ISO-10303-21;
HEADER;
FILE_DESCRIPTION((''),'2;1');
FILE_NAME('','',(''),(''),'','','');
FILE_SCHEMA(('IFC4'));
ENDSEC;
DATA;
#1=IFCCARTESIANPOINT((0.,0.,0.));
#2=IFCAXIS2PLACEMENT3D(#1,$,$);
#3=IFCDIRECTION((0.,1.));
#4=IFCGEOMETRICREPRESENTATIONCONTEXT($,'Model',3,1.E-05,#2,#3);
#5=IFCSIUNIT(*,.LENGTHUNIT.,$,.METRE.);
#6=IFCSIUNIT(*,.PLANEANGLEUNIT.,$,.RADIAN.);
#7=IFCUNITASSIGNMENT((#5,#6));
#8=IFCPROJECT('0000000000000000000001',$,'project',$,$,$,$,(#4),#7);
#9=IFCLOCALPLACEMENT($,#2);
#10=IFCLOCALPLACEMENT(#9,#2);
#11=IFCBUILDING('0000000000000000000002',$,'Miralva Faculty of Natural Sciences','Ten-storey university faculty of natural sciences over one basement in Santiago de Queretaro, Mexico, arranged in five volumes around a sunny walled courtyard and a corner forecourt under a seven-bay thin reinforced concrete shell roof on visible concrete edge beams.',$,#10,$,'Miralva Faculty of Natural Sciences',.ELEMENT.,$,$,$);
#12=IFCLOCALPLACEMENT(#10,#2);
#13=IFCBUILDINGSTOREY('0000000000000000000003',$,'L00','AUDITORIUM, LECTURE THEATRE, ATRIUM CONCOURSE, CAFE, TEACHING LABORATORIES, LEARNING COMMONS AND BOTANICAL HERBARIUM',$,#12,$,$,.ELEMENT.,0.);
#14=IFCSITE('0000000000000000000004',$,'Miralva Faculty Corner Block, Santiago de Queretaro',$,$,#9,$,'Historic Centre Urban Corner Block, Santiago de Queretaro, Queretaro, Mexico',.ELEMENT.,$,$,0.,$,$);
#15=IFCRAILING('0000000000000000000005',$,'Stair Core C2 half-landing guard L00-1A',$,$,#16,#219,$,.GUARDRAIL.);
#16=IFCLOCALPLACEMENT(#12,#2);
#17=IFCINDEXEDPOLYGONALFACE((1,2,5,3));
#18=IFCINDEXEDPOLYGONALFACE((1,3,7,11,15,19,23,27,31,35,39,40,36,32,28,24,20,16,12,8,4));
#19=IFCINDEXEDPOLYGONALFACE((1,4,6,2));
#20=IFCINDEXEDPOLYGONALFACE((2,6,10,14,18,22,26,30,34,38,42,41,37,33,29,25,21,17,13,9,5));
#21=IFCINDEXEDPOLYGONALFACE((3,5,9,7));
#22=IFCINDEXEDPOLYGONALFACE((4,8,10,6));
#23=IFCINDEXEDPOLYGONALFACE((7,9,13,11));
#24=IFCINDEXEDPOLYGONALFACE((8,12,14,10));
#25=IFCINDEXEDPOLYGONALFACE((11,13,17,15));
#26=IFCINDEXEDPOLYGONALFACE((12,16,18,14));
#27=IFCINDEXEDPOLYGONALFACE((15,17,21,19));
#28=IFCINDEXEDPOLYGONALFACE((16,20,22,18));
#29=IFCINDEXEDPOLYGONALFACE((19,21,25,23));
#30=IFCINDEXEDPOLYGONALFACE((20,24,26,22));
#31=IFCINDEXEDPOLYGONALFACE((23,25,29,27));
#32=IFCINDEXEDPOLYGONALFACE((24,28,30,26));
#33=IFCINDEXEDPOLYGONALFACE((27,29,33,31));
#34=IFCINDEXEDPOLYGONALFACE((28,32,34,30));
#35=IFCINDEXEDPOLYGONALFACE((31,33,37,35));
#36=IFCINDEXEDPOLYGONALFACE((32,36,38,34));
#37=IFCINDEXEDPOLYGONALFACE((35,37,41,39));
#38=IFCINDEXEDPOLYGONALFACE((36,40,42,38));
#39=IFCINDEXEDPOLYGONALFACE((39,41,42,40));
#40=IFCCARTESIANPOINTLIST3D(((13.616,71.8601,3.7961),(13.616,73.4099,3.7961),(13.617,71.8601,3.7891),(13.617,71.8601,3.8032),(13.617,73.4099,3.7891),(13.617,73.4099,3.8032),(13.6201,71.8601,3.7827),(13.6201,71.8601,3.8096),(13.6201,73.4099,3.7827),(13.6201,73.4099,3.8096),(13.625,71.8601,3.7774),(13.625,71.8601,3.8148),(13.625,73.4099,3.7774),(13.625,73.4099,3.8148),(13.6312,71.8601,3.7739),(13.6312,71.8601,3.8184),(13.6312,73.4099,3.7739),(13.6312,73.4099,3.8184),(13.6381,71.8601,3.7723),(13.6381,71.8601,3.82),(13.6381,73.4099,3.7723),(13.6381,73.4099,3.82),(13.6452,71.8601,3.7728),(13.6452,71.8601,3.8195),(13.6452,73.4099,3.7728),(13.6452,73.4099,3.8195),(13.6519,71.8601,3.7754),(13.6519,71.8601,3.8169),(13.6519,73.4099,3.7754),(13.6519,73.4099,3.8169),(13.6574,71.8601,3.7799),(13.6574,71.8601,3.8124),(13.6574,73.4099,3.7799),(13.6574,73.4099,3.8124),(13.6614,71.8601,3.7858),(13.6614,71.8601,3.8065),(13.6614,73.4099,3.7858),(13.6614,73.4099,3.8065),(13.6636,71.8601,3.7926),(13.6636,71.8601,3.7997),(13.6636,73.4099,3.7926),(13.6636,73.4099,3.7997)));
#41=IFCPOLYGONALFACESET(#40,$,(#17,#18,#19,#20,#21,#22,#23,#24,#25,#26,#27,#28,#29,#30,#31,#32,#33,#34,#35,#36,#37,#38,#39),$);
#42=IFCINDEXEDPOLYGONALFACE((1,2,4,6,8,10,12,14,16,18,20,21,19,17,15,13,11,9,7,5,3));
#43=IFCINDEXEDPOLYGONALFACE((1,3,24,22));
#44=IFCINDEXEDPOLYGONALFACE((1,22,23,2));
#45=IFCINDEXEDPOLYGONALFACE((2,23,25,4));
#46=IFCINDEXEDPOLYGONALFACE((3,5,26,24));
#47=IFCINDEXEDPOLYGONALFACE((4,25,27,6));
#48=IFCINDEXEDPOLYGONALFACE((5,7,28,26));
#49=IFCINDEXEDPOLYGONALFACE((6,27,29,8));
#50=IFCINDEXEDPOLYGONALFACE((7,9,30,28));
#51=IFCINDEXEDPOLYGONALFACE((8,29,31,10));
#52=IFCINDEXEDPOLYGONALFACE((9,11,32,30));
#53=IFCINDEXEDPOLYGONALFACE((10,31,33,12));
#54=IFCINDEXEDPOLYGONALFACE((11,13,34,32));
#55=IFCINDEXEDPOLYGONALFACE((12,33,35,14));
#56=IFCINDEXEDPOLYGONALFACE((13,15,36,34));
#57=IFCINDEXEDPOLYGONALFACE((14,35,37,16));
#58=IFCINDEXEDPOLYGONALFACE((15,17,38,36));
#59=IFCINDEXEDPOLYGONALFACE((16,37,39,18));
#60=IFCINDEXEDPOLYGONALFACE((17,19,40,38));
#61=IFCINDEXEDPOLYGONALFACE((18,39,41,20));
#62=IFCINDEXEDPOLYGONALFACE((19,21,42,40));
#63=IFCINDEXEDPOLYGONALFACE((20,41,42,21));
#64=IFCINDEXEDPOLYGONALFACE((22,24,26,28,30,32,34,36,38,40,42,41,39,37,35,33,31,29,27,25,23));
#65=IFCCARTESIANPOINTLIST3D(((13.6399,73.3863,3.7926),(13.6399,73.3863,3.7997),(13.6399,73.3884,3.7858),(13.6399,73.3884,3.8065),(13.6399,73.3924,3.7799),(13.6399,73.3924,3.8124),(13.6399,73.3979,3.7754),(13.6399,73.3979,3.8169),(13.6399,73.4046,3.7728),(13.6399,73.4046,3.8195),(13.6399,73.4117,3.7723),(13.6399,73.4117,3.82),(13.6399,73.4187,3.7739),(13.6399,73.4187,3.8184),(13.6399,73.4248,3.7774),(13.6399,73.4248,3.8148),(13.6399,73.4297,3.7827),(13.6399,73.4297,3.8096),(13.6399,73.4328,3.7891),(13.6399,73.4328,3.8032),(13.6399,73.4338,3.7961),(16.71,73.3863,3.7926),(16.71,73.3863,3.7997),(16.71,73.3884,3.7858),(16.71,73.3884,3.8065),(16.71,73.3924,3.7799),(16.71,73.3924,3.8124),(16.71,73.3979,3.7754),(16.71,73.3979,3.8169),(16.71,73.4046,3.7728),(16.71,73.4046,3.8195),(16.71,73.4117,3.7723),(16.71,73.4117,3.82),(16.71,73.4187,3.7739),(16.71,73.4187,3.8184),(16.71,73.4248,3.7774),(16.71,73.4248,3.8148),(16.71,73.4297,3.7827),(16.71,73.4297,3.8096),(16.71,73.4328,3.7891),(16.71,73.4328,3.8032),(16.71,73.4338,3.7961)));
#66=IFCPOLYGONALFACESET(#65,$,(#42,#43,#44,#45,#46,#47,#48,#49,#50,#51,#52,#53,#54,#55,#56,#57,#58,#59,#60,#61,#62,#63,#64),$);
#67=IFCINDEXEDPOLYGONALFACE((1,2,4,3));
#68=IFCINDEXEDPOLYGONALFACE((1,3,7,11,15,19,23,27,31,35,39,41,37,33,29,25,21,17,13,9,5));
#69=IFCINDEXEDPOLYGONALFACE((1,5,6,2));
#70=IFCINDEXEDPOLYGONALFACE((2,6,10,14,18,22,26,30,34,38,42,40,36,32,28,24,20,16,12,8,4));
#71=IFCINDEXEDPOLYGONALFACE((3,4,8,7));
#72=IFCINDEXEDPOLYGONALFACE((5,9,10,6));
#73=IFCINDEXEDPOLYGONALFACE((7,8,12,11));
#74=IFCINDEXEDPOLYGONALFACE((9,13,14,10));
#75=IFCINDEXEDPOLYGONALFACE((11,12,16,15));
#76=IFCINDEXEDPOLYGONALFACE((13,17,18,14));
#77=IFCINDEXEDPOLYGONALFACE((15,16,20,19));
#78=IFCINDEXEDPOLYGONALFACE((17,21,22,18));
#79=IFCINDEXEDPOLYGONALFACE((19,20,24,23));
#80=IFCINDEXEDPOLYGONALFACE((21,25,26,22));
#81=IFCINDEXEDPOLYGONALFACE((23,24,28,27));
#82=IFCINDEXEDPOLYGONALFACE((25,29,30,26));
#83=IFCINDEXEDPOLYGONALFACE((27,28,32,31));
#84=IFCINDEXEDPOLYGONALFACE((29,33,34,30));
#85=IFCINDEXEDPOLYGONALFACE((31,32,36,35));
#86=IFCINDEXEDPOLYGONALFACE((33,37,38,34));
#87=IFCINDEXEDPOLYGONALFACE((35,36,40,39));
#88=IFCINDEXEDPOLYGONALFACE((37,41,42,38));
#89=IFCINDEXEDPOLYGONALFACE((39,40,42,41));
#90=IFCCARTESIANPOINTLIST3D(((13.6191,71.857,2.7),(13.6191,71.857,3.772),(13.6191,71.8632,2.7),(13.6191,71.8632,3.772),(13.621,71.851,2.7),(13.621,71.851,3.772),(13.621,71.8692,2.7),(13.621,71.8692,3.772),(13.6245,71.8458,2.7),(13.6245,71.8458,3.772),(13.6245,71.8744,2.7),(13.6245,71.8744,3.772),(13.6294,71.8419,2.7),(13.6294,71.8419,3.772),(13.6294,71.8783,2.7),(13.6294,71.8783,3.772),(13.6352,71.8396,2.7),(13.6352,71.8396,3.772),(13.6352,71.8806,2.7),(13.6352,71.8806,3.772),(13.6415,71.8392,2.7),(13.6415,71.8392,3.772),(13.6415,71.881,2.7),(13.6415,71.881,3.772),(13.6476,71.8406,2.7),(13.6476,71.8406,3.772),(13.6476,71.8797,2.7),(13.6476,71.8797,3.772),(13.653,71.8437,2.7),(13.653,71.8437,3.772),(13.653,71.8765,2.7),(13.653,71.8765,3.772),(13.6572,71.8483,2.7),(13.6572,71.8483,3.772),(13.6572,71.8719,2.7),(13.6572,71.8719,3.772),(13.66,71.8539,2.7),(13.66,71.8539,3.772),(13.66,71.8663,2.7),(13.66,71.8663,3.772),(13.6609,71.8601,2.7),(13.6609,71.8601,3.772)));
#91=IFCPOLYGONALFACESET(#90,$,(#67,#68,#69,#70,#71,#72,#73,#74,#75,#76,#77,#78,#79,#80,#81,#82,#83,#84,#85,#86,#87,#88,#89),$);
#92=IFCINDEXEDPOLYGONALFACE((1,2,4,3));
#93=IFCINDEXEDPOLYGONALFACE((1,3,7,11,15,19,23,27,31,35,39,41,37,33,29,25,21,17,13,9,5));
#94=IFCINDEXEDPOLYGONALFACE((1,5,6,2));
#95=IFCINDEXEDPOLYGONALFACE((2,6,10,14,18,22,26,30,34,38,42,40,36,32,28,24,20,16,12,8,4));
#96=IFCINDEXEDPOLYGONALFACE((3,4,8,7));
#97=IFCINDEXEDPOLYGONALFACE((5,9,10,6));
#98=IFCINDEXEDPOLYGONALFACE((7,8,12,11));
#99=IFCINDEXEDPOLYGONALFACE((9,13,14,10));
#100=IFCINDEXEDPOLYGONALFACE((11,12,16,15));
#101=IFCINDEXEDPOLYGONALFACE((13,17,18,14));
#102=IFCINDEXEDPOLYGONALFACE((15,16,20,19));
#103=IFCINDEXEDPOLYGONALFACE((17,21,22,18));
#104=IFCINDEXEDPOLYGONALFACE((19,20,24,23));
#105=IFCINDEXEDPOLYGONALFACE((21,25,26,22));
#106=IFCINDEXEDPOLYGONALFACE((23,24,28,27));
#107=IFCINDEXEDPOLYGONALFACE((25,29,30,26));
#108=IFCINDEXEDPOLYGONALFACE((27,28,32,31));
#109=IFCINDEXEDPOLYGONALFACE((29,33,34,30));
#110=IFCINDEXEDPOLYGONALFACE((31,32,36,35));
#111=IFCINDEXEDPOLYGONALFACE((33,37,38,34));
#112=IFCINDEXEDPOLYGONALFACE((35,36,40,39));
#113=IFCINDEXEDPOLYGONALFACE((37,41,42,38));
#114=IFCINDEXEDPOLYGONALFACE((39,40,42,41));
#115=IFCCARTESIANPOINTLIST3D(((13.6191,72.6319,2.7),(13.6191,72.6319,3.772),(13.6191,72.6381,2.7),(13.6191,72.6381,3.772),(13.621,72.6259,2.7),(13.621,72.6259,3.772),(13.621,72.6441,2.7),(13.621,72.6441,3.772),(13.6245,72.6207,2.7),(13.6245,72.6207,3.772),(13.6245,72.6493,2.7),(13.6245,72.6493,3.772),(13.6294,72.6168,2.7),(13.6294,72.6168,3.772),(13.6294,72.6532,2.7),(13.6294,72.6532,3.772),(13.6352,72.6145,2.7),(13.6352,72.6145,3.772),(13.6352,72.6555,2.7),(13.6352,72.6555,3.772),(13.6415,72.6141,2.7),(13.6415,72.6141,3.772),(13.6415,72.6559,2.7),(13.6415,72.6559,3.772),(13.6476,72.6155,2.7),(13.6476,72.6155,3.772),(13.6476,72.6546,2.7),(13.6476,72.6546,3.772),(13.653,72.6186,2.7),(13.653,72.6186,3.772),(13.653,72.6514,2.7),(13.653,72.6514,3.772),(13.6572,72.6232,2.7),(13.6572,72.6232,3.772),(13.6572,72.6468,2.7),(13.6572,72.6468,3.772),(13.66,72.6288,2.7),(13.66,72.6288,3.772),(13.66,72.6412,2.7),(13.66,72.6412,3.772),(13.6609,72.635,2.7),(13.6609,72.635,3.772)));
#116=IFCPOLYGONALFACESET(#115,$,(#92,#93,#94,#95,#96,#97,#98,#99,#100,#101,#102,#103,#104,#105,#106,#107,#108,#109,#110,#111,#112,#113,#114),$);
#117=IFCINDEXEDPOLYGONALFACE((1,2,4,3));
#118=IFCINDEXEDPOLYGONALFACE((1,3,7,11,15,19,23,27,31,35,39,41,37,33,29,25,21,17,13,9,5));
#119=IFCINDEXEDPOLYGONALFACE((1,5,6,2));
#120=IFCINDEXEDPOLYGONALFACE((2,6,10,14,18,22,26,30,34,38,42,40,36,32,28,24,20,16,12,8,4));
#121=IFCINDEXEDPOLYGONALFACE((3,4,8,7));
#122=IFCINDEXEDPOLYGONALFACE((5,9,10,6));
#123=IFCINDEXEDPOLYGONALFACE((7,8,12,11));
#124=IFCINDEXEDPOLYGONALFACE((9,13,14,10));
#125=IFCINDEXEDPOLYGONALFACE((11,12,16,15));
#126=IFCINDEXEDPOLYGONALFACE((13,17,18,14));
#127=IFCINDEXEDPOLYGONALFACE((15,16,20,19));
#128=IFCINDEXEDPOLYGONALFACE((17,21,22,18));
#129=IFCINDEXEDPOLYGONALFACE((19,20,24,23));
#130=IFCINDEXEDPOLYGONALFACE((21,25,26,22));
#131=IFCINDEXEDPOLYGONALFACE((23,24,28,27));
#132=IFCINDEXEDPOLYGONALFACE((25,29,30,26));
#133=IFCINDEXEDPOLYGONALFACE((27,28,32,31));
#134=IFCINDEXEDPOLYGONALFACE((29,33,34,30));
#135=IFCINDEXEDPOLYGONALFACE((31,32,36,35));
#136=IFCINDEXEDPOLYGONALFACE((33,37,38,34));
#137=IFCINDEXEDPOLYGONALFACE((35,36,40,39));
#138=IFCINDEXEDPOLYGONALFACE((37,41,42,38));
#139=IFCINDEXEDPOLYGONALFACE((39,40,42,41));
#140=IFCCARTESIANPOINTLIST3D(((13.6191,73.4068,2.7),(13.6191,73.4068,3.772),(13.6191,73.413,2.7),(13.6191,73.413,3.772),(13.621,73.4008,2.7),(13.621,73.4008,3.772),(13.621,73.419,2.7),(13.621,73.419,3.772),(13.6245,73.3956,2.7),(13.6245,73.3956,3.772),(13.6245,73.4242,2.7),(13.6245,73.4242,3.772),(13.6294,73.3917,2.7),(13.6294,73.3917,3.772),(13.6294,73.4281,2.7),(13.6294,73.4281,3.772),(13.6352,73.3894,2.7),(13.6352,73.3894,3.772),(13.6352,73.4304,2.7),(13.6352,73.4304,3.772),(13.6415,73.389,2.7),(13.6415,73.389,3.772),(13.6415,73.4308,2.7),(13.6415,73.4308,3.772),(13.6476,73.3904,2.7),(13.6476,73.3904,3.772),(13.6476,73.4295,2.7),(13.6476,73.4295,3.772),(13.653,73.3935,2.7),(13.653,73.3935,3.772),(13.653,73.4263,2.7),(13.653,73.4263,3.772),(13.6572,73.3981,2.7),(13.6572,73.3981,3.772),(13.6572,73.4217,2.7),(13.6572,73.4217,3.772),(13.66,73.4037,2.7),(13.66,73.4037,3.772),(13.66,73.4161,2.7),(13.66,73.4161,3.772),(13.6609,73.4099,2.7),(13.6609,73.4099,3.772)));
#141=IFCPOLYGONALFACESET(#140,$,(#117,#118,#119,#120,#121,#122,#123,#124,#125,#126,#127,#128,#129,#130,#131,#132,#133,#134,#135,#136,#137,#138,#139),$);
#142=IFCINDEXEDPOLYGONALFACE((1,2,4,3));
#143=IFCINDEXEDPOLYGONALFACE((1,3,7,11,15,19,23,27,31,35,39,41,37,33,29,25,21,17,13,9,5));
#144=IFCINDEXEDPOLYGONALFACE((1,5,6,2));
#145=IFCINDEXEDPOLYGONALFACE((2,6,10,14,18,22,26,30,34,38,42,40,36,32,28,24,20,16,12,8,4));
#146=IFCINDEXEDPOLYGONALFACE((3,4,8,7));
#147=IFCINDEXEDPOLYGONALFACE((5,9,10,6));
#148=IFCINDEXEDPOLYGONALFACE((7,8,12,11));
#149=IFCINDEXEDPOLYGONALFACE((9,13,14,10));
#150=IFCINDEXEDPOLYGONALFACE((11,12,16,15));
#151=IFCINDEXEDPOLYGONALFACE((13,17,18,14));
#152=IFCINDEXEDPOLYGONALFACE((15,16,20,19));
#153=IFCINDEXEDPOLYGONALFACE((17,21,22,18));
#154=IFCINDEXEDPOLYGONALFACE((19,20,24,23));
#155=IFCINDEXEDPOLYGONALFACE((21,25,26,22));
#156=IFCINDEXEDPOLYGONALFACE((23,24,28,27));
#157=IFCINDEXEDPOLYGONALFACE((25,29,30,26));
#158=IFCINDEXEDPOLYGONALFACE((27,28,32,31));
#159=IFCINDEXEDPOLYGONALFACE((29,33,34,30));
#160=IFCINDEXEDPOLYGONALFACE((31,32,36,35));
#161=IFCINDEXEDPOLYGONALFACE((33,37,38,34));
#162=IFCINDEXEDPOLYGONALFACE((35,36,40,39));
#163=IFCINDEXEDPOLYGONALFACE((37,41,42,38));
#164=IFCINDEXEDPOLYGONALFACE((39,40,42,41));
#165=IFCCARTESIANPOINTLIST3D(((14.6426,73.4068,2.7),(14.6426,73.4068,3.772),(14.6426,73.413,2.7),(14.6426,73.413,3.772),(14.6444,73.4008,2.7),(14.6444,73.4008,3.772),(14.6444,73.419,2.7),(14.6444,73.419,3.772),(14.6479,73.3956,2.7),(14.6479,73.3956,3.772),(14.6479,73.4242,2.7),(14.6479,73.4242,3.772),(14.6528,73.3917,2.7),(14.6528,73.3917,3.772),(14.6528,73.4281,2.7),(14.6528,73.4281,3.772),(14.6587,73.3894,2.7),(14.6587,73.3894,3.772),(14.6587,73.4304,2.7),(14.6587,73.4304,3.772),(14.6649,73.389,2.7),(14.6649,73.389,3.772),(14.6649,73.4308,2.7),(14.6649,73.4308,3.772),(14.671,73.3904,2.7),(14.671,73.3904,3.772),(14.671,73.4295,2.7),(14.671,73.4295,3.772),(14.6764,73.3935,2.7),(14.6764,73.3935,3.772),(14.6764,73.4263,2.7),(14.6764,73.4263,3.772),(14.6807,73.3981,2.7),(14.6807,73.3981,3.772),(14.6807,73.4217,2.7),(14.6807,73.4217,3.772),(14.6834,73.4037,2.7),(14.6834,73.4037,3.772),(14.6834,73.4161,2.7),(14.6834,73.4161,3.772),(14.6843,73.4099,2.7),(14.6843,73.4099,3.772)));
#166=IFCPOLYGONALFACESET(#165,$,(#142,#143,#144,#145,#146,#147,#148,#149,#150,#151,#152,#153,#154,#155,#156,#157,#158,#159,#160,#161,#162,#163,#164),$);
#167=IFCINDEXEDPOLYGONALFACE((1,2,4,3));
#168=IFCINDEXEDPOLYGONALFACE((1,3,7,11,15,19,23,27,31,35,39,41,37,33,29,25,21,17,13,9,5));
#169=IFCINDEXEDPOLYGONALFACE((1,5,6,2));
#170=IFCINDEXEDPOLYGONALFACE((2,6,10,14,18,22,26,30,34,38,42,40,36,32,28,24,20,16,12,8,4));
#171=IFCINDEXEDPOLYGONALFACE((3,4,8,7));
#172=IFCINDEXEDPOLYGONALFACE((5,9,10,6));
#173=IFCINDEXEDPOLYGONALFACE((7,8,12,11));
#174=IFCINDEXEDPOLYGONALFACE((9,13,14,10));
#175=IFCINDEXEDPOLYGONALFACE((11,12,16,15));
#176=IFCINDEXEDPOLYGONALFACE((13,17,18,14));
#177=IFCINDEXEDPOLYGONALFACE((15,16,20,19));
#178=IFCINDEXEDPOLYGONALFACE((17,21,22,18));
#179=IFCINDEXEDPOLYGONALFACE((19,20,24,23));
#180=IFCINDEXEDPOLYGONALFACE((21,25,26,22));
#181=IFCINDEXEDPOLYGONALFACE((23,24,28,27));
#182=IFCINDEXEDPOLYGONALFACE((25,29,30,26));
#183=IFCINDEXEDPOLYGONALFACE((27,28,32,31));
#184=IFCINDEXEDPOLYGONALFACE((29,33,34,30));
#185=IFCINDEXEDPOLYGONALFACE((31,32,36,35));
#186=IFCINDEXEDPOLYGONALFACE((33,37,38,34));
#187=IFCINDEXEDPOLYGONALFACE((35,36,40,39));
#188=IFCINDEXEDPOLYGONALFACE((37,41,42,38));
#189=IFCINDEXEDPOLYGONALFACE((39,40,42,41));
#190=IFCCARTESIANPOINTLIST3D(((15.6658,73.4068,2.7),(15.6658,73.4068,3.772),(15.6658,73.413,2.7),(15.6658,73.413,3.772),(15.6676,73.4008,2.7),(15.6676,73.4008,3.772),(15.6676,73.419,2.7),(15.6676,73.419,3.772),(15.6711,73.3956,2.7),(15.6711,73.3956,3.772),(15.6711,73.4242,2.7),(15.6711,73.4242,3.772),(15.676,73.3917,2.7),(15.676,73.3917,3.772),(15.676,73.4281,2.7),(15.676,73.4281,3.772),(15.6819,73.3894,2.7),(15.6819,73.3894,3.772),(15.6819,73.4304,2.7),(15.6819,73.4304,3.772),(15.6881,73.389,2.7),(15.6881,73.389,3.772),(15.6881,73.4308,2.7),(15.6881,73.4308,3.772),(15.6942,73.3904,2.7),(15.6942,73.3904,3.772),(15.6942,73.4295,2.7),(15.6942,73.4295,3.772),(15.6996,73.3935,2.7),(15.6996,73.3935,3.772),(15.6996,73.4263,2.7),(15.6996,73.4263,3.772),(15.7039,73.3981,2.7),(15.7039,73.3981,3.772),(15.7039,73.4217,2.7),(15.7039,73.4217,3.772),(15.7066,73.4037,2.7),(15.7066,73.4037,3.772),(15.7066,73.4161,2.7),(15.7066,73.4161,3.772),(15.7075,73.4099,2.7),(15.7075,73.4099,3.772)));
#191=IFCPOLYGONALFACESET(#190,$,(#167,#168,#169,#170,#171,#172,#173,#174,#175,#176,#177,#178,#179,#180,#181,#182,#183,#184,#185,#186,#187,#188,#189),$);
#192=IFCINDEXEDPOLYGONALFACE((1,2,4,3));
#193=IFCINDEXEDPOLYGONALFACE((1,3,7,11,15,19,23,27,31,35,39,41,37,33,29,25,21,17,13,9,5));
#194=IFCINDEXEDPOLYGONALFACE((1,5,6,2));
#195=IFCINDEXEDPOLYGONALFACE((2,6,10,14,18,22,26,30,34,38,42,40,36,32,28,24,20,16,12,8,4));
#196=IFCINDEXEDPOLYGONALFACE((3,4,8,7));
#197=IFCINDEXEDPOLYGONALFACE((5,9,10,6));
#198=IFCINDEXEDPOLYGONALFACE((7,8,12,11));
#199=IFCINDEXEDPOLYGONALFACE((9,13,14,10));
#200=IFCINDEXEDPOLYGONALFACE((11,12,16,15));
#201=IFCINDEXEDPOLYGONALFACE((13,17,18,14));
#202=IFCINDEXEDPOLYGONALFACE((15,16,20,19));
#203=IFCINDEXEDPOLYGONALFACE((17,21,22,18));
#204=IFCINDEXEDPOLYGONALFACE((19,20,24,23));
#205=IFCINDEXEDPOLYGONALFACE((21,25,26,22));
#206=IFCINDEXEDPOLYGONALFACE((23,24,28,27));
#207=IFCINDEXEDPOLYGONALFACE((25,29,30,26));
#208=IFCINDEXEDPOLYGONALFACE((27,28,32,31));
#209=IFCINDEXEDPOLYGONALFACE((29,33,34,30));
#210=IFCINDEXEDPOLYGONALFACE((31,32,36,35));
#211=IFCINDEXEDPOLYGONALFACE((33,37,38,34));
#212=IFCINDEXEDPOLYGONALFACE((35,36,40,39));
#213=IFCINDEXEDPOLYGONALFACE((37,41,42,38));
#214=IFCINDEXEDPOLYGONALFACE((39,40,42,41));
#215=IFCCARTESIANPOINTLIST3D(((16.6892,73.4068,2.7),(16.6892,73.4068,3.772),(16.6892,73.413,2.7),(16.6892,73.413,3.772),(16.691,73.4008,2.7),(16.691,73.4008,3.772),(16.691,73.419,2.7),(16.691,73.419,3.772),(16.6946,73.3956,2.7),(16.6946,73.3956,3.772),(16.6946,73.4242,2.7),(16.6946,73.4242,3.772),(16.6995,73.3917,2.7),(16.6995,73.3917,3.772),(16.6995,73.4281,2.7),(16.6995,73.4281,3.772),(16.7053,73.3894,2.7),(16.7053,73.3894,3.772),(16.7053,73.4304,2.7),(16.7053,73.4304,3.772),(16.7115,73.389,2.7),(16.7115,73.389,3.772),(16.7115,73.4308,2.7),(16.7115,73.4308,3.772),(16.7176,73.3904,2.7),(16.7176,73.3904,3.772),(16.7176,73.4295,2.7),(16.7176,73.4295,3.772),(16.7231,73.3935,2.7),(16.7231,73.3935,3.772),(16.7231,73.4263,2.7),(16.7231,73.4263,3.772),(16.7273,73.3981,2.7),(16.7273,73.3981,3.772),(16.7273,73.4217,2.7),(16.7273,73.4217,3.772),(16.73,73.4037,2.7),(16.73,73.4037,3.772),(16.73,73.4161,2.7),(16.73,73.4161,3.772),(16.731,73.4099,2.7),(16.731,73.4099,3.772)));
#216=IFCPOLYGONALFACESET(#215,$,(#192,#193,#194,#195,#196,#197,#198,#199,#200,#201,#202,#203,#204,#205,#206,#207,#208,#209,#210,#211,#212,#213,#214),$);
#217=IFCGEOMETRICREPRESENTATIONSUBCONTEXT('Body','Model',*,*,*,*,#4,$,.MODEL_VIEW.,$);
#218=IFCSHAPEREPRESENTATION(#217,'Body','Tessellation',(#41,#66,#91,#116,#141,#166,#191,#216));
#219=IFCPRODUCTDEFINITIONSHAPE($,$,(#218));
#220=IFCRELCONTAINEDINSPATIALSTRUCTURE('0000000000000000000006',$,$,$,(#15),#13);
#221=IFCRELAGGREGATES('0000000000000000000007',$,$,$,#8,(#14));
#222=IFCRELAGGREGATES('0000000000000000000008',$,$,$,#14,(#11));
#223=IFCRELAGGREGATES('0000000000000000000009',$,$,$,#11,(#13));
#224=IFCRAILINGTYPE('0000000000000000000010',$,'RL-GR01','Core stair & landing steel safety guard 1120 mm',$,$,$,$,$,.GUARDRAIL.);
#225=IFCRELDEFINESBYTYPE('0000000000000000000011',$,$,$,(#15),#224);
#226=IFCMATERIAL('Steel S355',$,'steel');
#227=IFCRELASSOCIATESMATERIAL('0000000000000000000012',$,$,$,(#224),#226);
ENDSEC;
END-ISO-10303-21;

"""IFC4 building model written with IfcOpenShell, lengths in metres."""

from ifc_helpers import new_model, si_unit, direction, frame, origin, origin_2d, place, context, subcontext, project, spatial, circle, extrude, material, type_object, element, save


model = new_model("IFC4")

# Units and contexts
model_context = context("Model", 3, precision=1e-05, world=origin(), true_north=direction((0.0, 1.0)))
body_context = subcontext(model_context, "Body", "Model", "MODEL_VIEW")
ifc_project = project(units=[si_unit("LENGTHUNIT", "METRE"), si_unit("PLANEANGLEUNIT", "RADIAN")], contexts=[model_context])

# Site, building, storey
site_placement = place(None, origin())
site = spatial("IfcSite", under=ifc_project, at=site_placement, Name="Miralva Faculty Corner Block, Santiago de Queretaro", LongName="Historic Centre Urban Corner Block, Santiago de Queretaro, Queretaro, Mexico", CompositionType="ELEMENT", RefElevation=0.0)
building_placement = place(site_placement, origin())
building = spatial("IfcBuilding", under=site, at=building_placement, Name="Miralva Faculty of Natural Sciences", Description="Ten-storey university faculty of natural sciences over one basement in Santiago de Queretaro, Mexico, arranged in five volumes around a sunny walled courtyard and a corner forecourt under a seven-bay thin reinforced concrete shell roof on visible concrete edge beams.", LongName="Miralva Faculty of Natural Sciences", CompositionType="ELEMENT")
storey_placement = place(building_placement, origin())
storey = spatial("IfcBuildingStorey", under=building, at=storey_placement, Name="L00", Description="AUDITORIUM, LECTURE THEATRE, ATRIUM CONCOURSE, CAFE, TEACHING LABORATORIES, LEARNING COMMONS AND BOTANICAL HERBARIUM", CompositionType="ELEMENT", Elevation=0.0)

# Railing
ifc_material_1 = material(Name="Steel S355", Category="steel")
railing_type_1 = type_object("IfcRailingType", Name="RL-GR01", Description="Core stair & landing steel safety guard 1120 mm", PredefinedType="GUARDRAIL", material=ifc_material_1)
railing_1_placement = place(storey_placement, frame((13.6399, 71.8601, 2.7)))
element("IfcRailing", 1, at=railing_1_placement, inside=storey, type_object=railing_type_1, Name="Stair Core C2 half-landing guard L00-1A", PredefinedType="GUARDRAIL", context=body_context, shape_type="SweptSolid", body=[
    extrude(circle(Radius=0.0239, at=origin_2d()), frame((0.0, 0.0, 1.0962), z_axis=(0.0, 1.0, 0.0), x_axis=(-1.0, 0.0, 0.0)), (0.0, 0.0, 1.0), 1.5498),
    extrude(circle(Radius=0.0239, at=origin_2d()), frame((0.0, 1.5498, 1.0962), z_axis=(1.0, 0.0, 0.0), x_axis=(0.0, 1.0, 0.0)), (0.0, 0.0, 1.0), 3.0701),
    extrude(circle(Radius=0.021, at=origin_2d()), origin(), (0.0, 0.0, 1.0), 1.072),
    extrude(circle(Radius=0.021, at=origin_2d()), frame((0.0, 0.7749, 0.0)), (0.0, 0.0, 1.0), 1.072),
    extrude(circle(Radius=0.021, at=origin_2d()), frame((0.0, 1.5498, 0.0)), (0.0, 0.0, 1.0), 1.072),
    extrude(circle(Radius=0.021, at=origin_2d()), frame((1.0234, 1.5498, 0.0)), (0.0, 0.0, 1.0), 1.072),
    extrude(circle(Radius=0.021, at=origin_2d()), frame((2.0466, 1.5498, 0.0)), (0.0, 0.0, 1.0), 1.072),
    extrude(circle(Radius=0.021, at=origin_2d()), frame((3.0701, 1.5498, 0.0)), (0.0, 0.0, 1.0), 1.072),
])

save(model, "model.ifc")
